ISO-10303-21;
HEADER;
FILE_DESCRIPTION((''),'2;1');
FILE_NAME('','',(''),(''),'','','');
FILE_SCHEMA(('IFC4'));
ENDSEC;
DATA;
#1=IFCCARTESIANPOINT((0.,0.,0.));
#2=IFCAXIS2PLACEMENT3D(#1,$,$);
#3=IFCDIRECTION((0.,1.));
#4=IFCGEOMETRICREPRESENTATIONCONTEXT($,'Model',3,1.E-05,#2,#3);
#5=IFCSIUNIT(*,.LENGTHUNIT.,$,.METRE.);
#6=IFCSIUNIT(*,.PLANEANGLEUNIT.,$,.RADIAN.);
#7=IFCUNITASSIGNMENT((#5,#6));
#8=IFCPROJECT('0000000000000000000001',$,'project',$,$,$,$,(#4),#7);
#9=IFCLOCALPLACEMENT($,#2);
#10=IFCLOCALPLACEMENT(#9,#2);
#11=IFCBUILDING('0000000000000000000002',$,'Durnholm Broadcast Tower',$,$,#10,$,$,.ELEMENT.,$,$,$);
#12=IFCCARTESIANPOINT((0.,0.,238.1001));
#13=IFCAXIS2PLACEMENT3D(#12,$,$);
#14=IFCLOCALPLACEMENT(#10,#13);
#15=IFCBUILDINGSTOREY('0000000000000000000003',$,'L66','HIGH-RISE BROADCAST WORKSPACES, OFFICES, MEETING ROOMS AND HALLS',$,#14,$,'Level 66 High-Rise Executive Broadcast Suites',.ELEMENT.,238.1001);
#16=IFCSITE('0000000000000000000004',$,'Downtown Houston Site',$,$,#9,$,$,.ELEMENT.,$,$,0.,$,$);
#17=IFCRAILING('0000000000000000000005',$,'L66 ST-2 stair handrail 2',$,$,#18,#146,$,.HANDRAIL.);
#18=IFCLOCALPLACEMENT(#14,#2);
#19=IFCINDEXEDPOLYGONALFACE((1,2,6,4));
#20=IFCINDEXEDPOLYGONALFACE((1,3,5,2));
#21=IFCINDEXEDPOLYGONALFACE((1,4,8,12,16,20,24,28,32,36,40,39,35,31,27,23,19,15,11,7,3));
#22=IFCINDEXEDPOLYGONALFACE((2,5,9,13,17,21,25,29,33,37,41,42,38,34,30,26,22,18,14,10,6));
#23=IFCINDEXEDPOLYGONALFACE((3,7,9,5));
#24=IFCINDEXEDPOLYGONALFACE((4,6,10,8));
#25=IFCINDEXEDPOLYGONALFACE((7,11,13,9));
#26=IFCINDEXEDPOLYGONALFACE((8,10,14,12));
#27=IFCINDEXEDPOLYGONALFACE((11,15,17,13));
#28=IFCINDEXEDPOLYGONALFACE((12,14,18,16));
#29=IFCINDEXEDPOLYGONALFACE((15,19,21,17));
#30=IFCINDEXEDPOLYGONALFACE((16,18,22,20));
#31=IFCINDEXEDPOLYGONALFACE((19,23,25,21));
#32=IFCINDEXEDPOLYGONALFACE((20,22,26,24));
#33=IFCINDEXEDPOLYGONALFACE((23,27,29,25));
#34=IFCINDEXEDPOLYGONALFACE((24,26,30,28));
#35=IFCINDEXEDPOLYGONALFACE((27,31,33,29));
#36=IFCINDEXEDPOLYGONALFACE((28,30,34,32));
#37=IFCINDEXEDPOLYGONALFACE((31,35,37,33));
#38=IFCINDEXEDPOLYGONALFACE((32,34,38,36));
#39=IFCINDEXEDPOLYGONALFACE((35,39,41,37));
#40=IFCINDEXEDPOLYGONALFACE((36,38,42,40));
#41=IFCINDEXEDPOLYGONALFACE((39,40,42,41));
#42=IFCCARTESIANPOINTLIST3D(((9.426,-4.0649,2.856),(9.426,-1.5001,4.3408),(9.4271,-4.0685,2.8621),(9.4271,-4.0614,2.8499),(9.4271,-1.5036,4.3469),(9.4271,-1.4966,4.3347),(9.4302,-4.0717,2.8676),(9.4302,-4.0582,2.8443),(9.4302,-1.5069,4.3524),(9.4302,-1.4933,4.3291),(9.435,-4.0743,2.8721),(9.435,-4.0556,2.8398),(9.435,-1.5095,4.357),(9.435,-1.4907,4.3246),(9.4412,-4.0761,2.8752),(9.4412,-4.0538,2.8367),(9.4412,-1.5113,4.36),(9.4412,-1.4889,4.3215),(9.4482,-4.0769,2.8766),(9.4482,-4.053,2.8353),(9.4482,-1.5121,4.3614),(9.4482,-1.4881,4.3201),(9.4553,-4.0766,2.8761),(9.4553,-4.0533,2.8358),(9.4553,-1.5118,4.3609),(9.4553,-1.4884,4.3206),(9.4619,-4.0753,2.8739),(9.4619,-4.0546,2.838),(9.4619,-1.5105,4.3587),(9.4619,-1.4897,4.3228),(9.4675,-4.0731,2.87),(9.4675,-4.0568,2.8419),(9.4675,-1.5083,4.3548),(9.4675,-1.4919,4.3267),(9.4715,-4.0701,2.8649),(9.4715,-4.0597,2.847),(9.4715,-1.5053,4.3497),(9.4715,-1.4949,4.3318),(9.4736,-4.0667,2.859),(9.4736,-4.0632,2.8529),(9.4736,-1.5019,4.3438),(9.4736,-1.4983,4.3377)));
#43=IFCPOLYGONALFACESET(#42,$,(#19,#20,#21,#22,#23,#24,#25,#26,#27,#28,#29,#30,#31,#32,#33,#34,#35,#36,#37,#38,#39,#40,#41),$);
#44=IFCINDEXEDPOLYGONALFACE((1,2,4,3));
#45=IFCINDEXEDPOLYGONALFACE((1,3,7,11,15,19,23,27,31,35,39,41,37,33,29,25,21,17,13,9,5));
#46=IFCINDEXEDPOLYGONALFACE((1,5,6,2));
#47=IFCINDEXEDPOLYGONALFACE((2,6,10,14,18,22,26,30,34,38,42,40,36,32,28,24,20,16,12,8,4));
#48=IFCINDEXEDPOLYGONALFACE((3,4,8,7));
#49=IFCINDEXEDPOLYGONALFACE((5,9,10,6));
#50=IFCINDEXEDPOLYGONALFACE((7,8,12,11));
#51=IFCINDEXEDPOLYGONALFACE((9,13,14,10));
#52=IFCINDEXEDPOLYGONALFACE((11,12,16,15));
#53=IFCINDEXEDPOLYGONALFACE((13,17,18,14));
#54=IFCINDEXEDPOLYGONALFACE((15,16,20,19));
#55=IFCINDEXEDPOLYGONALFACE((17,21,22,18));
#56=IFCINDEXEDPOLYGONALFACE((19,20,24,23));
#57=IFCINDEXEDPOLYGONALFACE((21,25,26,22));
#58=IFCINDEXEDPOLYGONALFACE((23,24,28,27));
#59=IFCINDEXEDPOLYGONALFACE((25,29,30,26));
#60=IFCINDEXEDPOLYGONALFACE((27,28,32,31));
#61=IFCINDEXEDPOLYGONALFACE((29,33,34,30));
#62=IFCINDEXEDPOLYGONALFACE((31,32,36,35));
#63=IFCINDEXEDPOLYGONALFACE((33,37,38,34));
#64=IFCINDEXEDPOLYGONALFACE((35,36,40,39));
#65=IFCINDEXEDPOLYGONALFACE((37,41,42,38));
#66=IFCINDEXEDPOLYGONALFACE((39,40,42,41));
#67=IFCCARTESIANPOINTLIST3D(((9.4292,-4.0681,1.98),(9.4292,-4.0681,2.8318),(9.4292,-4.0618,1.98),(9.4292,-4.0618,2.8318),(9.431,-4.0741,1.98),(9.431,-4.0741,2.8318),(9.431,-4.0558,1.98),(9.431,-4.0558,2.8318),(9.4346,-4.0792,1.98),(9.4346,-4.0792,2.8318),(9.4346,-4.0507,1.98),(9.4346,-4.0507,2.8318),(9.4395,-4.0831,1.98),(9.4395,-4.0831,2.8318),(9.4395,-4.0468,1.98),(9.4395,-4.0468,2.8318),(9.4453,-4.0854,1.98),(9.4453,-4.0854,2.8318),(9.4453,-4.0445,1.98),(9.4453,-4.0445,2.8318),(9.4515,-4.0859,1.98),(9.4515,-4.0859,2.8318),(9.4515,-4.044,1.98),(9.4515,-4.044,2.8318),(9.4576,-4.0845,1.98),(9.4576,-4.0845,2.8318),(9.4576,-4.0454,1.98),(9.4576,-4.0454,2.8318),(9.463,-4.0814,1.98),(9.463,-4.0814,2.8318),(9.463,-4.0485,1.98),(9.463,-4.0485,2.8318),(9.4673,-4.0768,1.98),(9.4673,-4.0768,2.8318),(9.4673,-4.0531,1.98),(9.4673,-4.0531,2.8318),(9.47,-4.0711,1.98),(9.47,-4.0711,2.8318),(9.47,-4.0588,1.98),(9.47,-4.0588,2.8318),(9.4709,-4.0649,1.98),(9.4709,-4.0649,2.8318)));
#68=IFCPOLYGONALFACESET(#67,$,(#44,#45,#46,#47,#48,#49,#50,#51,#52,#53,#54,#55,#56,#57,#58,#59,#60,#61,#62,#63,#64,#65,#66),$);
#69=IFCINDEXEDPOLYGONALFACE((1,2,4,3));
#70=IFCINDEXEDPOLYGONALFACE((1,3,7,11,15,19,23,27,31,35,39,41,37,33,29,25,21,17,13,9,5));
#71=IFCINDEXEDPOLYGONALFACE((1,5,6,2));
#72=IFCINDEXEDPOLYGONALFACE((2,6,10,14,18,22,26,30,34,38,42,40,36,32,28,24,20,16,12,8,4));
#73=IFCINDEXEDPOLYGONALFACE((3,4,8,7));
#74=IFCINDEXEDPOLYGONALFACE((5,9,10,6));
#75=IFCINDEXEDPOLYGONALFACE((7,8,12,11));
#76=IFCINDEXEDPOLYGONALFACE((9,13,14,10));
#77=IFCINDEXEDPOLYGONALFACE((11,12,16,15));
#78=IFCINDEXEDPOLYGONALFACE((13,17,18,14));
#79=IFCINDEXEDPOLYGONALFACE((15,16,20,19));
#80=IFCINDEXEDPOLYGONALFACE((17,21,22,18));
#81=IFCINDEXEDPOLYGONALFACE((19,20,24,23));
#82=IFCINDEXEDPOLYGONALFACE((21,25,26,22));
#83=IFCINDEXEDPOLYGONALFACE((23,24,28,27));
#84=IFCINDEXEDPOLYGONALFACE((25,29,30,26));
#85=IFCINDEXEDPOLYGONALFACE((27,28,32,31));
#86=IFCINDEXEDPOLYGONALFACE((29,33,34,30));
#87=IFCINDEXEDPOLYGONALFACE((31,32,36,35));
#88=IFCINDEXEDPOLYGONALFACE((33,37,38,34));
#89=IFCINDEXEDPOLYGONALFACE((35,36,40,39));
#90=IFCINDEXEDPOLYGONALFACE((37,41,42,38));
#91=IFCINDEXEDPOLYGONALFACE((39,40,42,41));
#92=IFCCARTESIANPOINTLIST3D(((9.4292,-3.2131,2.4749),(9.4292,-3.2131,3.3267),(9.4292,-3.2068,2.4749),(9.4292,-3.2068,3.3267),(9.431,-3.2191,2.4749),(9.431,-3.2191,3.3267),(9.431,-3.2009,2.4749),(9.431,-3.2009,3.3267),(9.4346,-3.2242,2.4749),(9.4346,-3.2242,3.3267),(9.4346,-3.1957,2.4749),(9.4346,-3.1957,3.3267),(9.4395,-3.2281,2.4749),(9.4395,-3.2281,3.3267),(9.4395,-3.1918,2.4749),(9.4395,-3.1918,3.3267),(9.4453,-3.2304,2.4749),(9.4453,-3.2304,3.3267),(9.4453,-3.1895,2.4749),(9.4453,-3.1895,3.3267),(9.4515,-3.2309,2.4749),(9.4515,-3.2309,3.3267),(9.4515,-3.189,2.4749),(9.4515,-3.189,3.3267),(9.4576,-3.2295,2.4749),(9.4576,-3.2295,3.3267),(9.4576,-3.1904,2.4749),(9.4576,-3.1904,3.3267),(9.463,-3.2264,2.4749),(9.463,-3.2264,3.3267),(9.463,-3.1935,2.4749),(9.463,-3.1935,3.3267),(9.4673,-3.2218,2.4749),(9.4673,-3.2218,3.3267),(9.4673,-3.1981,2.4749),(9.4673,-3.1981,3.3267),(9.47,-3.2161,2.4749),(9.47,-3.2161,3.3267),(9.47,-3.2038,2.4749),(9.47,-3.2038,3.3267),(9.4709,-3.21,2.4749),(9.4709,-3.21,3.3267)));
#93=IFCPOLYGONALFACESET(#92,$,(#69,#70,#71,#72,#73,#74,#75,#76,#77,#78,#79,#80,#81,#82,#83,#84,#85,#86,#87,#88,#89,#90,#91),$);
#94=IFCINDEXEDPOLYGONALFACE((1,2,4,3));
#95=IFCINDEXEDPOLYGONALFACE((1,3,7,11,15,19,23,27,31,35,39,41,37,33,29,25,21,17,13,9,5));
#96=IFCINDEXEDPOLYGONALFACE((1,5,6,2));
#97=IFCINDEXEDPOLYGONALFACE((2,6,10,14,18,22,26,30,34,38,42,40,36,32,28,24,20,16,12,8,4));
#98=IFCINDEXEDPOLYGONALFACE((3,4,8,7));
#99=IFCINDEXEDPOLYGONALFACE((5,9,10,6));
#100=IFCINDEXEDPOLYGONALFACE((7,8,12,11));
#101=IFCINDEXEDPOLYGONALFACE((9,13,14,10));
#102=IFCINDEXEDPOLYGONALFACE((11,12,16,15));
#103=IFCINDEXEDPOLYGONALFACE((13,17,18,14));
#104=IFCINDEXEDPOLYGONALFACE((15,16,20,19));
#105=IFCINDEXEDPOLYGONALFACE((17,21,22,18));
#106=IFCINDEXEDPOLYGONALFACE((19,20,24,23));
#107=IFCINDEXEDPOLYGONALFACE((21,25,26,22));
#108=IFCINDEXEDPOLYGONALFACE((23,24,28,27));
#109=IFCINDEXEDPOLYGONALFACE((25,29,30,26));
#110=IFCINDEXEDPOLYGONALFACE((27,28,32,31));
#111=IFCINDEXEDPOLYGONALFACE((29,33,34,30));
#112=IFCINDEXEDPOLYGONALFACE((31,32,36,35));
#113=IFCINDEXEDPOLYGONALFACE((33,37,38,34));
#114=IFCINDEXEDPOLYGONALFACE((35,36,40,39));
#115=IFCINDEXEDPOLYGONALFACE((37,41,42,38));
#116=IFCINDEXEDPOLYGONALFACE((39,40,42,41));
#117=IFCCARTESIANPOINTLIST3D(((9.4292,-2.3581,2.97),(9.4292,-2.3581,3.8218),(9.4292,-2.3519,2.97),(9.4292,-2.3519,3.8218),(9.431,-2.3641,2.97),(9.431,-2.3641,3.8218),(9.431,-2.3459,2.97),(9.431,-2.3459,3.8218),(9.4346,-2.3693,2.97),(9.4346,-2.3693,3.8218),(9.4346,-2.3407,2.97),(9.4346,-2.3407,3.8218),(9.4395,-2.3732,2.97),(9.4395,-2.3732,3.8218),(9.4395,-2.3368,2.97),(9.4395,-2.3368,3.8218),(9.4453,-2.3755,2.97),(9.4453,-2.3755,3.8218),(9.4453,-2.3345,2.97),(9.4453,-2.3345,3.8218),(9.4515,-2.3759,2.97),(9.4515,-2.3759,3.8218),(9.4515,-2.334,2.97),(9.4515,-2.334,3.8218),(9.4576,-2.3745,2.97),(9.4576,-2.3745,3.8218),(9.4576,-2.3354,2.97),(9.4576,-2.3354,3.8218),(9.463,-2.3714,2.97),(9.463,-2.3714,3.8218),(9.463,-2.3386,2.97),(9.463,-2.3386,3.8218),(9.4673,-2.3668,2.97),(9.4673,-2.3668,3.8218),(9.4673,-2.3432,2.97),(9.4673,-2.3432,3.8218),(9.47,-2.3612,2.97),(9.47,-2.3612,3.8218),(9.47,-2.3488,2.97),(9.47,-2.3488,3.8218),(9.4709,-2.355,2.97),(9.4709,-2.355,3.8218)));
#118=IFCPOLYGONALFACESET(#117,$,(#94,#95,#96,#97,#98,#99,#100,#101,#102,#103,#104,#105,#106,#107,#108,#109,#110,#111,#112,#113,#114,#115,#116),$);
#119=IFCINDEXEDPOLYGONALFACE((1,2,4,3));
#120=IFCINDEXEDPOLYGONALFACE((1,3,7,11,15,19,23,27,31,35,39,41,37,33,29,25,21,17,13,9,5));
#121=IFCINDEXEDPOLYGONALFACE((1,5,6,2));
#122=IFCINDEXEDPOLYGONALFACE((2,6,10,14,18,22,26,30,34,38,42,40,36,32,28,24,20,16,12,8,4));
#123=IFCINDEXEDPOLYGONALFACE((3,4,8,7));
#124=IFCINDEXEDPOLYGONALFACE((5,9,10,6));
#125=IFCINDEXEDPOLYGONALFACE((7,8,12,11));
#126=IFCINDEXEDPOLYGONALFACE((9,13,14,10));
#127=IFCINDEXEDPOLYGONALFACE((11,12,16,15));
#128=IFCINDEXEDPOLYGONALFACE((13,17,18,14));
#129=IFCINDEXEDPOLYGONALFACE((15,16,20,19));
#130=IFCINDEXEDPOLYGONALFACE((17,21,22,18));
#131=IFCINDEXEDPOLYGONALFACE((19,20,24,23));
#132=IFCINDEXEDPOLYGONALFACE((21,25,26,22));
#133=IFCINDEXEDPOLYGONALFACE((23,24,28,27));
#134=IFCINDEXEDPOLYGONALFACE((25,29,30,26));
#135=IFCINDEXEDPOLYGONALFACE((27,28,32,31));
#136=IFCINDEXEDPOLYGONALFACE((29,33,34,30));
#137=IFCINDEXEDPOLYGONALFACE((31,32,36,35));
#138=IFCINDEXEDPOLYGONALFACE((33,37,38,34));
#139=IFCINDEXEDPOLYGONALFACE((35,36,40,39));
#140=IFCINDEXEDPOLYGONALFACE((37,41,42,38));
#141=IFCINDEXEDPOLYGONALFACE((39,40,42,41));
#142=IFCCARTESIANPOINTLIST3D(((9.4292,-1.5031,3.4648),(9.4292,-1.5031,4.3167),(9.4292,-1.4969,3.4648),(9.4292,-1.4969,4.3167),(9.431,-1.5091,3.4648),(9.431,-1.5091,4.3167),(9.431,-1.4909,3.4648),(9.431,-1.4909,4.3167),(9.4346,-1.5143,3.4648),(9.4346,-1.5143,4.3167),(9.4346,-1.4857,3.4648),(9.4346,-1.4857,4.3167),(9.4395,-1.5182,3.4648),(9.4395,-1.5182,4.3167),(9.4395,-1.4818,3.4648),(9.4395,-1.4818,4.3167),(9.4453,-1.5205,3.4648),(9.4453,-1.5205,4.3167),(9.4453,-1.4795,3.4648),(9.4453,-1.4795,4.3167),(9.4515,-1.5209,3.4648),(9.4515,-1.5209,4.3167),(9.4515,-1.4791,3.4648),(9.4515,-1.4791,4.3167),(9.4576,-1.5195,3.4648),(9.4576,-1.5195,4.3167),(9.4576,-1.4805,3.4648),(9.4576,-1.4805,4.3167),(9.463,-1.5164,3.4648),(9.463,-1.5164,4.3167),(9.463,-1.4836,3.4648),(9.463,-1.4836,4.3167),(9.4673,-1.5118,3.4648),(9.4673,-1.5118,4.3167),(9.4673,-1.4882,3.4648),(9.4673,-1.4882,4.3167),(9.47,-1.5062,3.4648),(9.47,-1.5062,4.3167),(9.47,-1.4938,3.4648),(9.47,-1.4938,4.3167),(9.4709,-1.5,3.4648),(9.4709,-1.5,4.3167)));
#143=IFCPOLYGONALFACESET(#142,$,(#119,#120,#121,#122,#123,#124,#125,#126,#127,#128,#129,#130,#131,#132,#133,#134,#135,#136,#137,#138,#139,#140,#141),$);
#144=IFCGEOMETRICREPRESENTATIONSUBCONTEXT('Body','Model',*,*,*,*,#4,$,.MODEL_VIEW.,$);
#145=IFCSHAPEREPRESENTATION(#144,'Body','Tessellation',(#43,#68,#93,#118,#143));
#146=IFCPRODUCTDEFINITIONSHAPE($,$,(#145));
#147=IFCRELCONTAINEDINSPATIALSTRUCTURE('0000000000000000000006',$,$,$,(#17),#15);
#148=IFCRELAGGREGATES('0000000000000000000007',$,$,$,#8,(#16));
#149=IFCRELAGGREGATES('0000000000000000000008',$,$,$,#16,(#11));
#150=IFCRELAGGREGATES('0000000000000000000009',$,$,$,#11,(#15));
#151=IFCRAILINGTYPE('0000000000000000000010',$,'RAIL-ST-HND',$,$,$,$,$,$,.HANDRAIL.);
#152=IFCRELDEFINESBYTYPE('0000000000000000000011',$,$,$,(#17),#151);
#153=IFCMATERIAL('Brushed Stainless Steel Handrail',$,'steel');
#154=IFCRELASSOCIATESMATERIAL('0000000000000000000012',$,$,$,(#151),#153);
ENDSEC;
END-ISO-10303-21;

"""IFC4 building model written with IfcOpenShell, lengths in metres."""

from ifc_helpers import new_model, si_unit, direction, frame, origin, origin_2d, place, context, subcontext, project, spatial, circle, extrude, material, type_object, element, save


model = new_model("IFC4")

# Units and contexts
model_context = context("Model", 3, precision=1e-05, world=origin(), true_north=direction((0.0, 1.0)))
body_context = subcontext(model_context, "Body", "Model", "MODEL_VIEW")
ifc_project = project(units=[si_unit("LENGTHUNIT", "METRE"), si_unit("PLANEANGLEUNIT", "RADIAN")], contexts=[model_context])

# Site, building, storey
site_placement = place(None, origin())
site = spatial("IfcSite", under=ifc_project, at=site_placement, Name="Downtown Houston Site", CompositionType="ELEMENT", RefElevation=0.0)
building_placement = place(site_placement, origin())
building = spatial("IfcBuilding", under=site, at=building_placement, Name="Durnholm Broadcast Tower", CompositionType="ELEMENT")
storey_placement = place(building_placement, frame((0.0, 0.0, 238.1001)))
storey = spatial("IfcBuildingStorey", under=building, at=storey_placement, Name="L66", Description="HIGH-RISE BROADCAST WORKSPACES, OFFICES, MEETING ROOMS AND HALLS", LongName="Level 66 High-Rise Executive Broadcast Suites", CompositionType="ELEMENT", Elevation=238.1001)

# Railing
ifc_material_1 = material(Name="Brushed Stainless Steel Handrail", Category="steel")
railing_type_1 = type_object("IfcRailingType", Name="RAIL-ST-HND", PredefinedType="HANDRAIL", material=ifc_material_1)
railing_1_placement = place(storey_placement, frame((9.45, -4.0649, 1.98)))
element("IfcRailing", 1, at=railing_1_placement, inside=storey, type_object=railing_type_1, Name="L66 ST-2 stair handrail 2", PredefinedType="HANDRAIL", context=body_context, shape_type="SweptSolid", body=[
    extrude(circle(Radius=0.0239, at=origin_2d()), frame((0.0, 0.0, 0.876), z_axis=(0.0, 0.865441, 0.50101), x_axis=(-1.0, 0.0, 0.0)), (0.0, 0.0, 1.0), 2.9636),
    extrude(circle(Radius=0.021, at=origin_2d()), origin(), (0.0, 0.0, 1.0), 0.8518),
    extrude(circle(Radius=0.021, at=origin_2d()), frame((0.0, 0.855, 0.4949)), (0.0, 0.0, 1.0), 0.8518),
    extrude(circle(Radius=0.021, at=origin_2d()), frame((0.0, 1.71, 0.99)), (0.0, 0.0, 1.0), 0.8518),
    extrude(circle(Radius=0.021, at=origin_2d()), frame((0.0, 2.5649, 1.4849)), (0.0, 0.0, 1.0), 0.8518),
])

save(model, "model.ifc")
